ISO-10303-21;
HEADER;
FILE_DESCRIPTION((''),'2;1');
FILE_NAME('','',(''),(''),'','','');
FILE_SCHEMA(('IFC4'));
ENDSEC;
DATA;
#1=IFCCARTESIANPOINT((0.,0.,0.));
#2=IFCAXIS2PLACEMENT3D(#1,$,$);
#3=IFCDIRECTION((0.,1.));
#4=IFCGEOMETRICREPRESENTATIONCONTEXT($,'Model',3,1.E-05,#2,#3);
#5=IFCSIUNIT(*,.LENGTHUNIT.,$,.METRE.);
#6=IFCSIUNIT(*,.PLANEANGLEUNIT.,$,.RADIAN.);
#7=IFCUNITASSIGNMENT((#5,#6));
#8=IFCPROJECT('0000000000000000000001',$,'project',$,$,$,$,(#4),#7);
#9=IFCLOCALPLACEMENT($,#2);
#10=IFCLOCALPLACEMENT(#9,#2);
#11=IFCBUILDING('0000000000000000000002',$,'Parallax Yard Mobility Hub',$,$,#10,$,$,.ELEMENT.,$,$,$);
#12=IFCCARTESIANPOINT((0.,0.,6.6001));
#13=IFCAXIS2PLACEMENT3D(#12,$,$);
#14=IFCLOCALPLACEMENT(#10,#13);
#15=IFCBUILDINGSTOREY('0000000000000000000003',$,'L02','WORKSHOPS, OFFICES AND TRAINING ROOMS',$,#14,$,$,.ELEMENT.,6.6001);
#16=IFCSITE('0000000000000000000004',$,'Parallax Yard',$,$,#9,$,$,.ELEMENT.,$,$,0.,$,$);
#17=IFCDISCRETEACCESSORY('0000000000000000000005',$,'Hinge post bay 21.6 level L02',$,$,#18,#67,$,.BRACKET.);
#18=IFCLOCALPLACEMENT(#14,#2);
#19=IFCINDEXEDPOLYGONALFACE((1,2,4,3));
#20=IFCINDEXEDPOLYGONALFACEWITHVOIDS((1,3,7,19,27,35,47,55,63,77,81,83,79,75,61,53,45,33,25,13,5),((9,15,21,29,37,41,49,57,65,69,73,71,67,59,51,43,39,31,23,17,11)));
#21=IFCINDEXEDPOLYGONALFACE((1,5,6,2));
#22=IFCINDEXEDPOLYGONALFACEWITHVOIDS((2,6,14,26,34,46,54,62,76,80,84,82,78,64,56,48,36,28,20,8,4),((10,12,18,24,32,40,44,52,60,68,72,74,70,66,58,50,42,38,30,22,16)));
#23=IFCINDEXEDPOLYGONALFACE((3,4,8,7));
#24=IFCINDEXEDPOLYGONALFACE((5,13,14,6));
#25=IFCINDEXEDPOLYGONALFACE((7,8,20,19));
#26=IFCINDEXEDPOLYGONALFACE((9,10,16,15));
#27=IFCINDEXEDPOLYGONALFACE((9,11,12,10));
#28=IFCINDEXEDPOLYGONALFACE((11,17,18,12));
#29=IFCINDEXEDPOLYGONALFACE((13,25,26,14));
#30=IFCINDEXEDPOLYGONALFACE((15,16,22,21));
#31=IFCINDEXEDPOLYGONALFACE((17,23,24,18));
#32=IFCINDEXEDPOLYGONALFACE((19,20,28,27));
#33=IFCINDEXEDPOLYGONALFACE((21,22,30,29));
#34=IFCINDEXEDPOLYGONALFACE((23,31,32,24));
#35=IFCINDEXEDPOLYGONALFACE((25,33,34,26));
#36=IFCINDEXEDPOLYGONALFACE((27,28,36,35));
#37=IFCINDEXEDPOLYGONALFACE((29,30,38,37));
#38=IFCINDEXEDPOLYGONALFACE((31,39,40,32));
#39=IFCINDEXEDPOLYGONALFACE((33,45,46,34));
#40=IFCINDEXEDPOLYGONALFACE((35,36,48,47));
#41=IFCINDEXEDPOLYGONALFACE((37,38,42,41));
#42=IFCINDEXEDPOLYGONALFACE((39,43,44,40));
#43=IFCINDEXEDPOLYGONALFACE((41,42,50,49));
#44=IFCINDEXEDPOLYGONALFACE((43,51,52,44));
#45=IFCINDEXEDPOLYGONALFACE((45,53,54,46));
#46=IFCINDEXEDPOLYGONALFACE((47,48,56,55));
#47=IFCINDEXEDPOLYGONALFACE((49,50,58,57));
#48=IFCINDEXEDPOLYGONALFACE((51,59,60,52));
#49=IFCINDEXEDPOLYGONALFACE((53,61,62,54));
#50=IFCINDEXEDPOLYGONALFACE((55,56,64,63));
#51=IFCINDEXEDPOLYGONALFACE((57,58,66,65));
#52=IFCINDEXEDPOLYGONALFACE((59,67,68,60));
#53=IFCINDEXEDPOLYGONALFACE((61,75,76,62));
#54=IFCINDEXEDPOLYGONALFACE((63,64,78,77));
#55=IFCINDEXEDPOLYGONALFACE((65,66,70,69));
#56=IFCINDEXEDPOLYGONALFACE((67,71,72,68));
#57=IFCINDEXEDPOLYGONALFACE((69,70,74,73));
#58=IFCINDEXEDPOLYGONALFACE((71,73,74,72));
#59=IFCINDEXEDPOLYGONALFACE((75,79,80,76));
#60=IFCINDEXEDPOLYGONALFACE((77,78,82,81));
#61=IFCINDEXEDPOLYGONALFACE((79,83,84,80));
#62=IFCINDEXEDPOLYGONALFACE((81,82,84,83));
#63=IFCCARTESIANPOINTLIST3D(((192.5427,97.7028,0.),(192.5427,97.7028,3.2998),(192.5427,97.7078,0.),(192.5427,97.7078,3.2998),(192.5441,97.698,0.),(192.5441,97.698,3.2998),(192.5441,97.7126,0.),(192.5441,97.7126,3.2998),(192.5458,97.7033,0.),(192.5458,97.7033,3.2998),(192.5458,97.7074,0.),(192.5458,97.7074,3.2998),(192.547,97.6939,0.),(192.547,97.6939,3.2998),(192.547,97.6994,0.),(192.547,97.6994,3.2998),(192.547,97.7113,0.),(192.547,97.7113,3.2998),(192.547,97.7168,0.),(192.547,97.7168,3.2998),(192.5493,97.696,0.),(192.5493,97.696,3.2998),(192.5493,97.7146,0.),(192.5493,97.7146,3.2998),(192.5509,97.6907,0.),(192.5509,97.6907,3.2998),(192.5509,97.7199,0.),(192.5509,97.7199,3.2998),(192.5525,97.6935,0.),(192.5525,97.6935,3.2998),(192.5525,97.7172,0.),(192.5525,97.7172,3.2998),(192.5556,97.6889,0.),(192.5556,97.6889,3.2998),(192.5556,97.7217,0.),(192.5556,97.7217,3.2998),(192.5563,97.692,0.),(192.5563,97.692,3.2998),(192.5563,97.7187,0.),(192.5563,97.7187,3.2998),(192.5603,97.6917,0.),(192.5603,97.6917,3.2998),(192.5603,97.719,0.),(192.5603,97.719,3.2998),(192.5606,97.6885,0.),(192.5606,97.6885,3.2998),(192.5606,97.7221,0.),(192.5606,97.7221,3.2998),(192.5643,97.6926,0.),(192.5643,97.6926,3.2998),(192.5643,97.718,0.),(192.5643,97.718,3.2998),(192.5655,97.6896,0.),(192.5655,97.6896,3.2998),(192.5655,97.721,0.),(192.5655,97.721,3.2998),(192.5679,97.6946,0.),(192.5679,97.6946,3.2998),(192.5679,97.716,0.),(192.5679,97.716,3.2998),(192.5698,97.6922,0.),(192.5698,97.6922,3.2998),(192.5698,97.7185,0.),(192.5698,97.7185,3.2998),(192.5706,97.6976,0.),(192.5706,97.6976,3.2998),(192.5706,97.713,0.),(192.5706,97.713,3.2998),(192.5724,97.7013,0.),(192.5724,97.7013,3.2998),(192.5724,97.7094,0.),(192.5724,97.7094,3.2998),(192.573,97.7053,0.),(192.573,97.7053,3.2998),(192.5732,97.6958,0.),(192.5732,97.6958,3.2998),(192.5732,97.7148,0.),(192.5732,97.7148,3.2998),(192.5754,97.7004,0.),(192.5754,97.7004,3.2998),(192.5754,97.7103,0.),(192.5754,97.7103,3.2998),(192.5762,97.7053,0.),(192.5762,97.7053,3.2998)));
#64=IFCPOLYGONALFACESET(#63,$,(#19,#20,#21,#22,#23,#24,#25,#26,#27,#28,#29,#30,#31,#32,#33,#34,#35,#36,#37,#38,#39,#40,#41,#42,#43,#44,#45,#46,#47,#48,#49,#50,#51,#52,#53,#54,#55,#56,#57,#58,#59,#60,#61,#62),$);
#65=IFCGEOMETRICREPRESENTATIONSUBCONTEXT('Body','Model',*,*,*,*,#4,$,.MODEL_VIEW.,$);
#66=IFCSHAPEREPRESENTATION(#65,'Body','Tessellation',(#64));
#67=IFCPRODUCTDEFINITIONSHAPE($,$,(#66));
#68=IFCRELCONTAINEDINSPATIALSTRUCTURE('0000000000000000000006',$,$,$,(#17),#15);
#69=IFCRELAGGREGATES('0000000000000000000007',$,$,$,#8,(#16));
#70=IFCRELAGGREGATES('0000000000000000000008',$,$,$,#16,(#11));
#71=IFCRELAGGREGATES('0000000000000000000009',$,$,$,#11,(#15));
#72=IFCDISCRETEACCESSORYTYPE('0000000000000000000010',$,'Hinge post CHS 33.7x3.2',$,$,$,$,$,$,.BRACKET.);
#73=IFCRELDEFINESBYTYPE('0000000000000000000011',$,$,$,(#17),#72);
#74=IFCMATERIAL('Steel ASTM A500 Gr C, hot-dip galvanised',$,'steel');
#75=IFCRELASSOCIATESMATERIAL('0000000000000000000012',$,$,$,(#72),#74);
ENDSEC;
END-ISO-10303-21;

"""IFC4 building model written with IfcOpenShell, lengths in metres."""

from ifc_helpers import new_model, si_unit, direction, frame, origin, origin_2d, place, context, subcontext, project, spatial, hollow_circle, extrude, material, material_profile, profile_set, type_object, element, save


model = new_model("IFC4")

# Units and contexts
model_context = context("Model", 3, precision=1e-05, world=origin(), true_north=direction((0.0, 1.0)))
body_context = subcontext(model_context, "Body", "Model", "MODEL_VIEW")
ifc_project = project(units=[si_unit("LENGTHUNIT", "METRE"), si_unit("PLANEANGLEUNIT", "RADIAN")], contexts=[model_context])

# Site, building, storey
site_placement = place(None, origin())
site = spatial("IfcSite", under=ifc_project, at=site_placement, Name="Parallax Yard", CompositionType="ELEMENT", RefElevation=0.0)
building_placement = place(site_placement, origin())
building = spatial("IfcBuilding", under=site, at=building_placement, Name="Parallax Yard Mobility Hub", CompositionType="ELEMENT")
storey_placement = place(building_placement, frame((0.0, 0.0, 6.6001)))
storey = spatial("IfcBuildingStorey", under=building, at=storey_placement, Name="L02", Description="WORKSHOPS, OFFICES AND TRAINING ROOMS", CompositionType="ELEMENT", Elevation=6.6001)

# Discrete accessory
ifc_material_1 = material(Name="Steel ASTM A500 Gr C, hot-dip galvanised", Category="steel")
ifc_material_profile_1 = material_profile(ifc_material_1, hollow_circle(Radius=0.0168, WallThickness=0.0032, at=origin_2d()), Name="CHS 33.7x3.2")
ifc_profile_set_1 = profile_set([ifc_material_profile_1], Name="Steel ASTM A500 Gr C, hot-dip galvanised")
discrete_accessory_type_1 = type_object("IfcDiscreteAccessoryType", Name="Hinge post CHS 33.7x3.2", PredefinedType="BRACKET", material=ifc_profile_set_1)
for number, where, z_axis, x_axis, name in (
    (1, (192.5593, 97.7053, 0.0), (0.0, 0.0, 1.0), (1.0, 0.0, 0.0), "Hinge post bay 21.6 level L02"),
):
    element("IfcDiscreteAccessory", number, at=place(storey_placement, frame(where, z_axis=z_axis, x_axis=x_axis)), inside=storey, type_object=discrete_accessory_type_1, Name=name, PredefinedType="BRACKET", context=body_context, shape_type="SweptSolid", body=[
        extrude(hollow_circle(Radius=0.0168, WallThickness=0.0032, at=origin_2d()), origin(), (0.0, 0.0, 1.0), 3.2998),
    ])

save(model, "model.ifc")
